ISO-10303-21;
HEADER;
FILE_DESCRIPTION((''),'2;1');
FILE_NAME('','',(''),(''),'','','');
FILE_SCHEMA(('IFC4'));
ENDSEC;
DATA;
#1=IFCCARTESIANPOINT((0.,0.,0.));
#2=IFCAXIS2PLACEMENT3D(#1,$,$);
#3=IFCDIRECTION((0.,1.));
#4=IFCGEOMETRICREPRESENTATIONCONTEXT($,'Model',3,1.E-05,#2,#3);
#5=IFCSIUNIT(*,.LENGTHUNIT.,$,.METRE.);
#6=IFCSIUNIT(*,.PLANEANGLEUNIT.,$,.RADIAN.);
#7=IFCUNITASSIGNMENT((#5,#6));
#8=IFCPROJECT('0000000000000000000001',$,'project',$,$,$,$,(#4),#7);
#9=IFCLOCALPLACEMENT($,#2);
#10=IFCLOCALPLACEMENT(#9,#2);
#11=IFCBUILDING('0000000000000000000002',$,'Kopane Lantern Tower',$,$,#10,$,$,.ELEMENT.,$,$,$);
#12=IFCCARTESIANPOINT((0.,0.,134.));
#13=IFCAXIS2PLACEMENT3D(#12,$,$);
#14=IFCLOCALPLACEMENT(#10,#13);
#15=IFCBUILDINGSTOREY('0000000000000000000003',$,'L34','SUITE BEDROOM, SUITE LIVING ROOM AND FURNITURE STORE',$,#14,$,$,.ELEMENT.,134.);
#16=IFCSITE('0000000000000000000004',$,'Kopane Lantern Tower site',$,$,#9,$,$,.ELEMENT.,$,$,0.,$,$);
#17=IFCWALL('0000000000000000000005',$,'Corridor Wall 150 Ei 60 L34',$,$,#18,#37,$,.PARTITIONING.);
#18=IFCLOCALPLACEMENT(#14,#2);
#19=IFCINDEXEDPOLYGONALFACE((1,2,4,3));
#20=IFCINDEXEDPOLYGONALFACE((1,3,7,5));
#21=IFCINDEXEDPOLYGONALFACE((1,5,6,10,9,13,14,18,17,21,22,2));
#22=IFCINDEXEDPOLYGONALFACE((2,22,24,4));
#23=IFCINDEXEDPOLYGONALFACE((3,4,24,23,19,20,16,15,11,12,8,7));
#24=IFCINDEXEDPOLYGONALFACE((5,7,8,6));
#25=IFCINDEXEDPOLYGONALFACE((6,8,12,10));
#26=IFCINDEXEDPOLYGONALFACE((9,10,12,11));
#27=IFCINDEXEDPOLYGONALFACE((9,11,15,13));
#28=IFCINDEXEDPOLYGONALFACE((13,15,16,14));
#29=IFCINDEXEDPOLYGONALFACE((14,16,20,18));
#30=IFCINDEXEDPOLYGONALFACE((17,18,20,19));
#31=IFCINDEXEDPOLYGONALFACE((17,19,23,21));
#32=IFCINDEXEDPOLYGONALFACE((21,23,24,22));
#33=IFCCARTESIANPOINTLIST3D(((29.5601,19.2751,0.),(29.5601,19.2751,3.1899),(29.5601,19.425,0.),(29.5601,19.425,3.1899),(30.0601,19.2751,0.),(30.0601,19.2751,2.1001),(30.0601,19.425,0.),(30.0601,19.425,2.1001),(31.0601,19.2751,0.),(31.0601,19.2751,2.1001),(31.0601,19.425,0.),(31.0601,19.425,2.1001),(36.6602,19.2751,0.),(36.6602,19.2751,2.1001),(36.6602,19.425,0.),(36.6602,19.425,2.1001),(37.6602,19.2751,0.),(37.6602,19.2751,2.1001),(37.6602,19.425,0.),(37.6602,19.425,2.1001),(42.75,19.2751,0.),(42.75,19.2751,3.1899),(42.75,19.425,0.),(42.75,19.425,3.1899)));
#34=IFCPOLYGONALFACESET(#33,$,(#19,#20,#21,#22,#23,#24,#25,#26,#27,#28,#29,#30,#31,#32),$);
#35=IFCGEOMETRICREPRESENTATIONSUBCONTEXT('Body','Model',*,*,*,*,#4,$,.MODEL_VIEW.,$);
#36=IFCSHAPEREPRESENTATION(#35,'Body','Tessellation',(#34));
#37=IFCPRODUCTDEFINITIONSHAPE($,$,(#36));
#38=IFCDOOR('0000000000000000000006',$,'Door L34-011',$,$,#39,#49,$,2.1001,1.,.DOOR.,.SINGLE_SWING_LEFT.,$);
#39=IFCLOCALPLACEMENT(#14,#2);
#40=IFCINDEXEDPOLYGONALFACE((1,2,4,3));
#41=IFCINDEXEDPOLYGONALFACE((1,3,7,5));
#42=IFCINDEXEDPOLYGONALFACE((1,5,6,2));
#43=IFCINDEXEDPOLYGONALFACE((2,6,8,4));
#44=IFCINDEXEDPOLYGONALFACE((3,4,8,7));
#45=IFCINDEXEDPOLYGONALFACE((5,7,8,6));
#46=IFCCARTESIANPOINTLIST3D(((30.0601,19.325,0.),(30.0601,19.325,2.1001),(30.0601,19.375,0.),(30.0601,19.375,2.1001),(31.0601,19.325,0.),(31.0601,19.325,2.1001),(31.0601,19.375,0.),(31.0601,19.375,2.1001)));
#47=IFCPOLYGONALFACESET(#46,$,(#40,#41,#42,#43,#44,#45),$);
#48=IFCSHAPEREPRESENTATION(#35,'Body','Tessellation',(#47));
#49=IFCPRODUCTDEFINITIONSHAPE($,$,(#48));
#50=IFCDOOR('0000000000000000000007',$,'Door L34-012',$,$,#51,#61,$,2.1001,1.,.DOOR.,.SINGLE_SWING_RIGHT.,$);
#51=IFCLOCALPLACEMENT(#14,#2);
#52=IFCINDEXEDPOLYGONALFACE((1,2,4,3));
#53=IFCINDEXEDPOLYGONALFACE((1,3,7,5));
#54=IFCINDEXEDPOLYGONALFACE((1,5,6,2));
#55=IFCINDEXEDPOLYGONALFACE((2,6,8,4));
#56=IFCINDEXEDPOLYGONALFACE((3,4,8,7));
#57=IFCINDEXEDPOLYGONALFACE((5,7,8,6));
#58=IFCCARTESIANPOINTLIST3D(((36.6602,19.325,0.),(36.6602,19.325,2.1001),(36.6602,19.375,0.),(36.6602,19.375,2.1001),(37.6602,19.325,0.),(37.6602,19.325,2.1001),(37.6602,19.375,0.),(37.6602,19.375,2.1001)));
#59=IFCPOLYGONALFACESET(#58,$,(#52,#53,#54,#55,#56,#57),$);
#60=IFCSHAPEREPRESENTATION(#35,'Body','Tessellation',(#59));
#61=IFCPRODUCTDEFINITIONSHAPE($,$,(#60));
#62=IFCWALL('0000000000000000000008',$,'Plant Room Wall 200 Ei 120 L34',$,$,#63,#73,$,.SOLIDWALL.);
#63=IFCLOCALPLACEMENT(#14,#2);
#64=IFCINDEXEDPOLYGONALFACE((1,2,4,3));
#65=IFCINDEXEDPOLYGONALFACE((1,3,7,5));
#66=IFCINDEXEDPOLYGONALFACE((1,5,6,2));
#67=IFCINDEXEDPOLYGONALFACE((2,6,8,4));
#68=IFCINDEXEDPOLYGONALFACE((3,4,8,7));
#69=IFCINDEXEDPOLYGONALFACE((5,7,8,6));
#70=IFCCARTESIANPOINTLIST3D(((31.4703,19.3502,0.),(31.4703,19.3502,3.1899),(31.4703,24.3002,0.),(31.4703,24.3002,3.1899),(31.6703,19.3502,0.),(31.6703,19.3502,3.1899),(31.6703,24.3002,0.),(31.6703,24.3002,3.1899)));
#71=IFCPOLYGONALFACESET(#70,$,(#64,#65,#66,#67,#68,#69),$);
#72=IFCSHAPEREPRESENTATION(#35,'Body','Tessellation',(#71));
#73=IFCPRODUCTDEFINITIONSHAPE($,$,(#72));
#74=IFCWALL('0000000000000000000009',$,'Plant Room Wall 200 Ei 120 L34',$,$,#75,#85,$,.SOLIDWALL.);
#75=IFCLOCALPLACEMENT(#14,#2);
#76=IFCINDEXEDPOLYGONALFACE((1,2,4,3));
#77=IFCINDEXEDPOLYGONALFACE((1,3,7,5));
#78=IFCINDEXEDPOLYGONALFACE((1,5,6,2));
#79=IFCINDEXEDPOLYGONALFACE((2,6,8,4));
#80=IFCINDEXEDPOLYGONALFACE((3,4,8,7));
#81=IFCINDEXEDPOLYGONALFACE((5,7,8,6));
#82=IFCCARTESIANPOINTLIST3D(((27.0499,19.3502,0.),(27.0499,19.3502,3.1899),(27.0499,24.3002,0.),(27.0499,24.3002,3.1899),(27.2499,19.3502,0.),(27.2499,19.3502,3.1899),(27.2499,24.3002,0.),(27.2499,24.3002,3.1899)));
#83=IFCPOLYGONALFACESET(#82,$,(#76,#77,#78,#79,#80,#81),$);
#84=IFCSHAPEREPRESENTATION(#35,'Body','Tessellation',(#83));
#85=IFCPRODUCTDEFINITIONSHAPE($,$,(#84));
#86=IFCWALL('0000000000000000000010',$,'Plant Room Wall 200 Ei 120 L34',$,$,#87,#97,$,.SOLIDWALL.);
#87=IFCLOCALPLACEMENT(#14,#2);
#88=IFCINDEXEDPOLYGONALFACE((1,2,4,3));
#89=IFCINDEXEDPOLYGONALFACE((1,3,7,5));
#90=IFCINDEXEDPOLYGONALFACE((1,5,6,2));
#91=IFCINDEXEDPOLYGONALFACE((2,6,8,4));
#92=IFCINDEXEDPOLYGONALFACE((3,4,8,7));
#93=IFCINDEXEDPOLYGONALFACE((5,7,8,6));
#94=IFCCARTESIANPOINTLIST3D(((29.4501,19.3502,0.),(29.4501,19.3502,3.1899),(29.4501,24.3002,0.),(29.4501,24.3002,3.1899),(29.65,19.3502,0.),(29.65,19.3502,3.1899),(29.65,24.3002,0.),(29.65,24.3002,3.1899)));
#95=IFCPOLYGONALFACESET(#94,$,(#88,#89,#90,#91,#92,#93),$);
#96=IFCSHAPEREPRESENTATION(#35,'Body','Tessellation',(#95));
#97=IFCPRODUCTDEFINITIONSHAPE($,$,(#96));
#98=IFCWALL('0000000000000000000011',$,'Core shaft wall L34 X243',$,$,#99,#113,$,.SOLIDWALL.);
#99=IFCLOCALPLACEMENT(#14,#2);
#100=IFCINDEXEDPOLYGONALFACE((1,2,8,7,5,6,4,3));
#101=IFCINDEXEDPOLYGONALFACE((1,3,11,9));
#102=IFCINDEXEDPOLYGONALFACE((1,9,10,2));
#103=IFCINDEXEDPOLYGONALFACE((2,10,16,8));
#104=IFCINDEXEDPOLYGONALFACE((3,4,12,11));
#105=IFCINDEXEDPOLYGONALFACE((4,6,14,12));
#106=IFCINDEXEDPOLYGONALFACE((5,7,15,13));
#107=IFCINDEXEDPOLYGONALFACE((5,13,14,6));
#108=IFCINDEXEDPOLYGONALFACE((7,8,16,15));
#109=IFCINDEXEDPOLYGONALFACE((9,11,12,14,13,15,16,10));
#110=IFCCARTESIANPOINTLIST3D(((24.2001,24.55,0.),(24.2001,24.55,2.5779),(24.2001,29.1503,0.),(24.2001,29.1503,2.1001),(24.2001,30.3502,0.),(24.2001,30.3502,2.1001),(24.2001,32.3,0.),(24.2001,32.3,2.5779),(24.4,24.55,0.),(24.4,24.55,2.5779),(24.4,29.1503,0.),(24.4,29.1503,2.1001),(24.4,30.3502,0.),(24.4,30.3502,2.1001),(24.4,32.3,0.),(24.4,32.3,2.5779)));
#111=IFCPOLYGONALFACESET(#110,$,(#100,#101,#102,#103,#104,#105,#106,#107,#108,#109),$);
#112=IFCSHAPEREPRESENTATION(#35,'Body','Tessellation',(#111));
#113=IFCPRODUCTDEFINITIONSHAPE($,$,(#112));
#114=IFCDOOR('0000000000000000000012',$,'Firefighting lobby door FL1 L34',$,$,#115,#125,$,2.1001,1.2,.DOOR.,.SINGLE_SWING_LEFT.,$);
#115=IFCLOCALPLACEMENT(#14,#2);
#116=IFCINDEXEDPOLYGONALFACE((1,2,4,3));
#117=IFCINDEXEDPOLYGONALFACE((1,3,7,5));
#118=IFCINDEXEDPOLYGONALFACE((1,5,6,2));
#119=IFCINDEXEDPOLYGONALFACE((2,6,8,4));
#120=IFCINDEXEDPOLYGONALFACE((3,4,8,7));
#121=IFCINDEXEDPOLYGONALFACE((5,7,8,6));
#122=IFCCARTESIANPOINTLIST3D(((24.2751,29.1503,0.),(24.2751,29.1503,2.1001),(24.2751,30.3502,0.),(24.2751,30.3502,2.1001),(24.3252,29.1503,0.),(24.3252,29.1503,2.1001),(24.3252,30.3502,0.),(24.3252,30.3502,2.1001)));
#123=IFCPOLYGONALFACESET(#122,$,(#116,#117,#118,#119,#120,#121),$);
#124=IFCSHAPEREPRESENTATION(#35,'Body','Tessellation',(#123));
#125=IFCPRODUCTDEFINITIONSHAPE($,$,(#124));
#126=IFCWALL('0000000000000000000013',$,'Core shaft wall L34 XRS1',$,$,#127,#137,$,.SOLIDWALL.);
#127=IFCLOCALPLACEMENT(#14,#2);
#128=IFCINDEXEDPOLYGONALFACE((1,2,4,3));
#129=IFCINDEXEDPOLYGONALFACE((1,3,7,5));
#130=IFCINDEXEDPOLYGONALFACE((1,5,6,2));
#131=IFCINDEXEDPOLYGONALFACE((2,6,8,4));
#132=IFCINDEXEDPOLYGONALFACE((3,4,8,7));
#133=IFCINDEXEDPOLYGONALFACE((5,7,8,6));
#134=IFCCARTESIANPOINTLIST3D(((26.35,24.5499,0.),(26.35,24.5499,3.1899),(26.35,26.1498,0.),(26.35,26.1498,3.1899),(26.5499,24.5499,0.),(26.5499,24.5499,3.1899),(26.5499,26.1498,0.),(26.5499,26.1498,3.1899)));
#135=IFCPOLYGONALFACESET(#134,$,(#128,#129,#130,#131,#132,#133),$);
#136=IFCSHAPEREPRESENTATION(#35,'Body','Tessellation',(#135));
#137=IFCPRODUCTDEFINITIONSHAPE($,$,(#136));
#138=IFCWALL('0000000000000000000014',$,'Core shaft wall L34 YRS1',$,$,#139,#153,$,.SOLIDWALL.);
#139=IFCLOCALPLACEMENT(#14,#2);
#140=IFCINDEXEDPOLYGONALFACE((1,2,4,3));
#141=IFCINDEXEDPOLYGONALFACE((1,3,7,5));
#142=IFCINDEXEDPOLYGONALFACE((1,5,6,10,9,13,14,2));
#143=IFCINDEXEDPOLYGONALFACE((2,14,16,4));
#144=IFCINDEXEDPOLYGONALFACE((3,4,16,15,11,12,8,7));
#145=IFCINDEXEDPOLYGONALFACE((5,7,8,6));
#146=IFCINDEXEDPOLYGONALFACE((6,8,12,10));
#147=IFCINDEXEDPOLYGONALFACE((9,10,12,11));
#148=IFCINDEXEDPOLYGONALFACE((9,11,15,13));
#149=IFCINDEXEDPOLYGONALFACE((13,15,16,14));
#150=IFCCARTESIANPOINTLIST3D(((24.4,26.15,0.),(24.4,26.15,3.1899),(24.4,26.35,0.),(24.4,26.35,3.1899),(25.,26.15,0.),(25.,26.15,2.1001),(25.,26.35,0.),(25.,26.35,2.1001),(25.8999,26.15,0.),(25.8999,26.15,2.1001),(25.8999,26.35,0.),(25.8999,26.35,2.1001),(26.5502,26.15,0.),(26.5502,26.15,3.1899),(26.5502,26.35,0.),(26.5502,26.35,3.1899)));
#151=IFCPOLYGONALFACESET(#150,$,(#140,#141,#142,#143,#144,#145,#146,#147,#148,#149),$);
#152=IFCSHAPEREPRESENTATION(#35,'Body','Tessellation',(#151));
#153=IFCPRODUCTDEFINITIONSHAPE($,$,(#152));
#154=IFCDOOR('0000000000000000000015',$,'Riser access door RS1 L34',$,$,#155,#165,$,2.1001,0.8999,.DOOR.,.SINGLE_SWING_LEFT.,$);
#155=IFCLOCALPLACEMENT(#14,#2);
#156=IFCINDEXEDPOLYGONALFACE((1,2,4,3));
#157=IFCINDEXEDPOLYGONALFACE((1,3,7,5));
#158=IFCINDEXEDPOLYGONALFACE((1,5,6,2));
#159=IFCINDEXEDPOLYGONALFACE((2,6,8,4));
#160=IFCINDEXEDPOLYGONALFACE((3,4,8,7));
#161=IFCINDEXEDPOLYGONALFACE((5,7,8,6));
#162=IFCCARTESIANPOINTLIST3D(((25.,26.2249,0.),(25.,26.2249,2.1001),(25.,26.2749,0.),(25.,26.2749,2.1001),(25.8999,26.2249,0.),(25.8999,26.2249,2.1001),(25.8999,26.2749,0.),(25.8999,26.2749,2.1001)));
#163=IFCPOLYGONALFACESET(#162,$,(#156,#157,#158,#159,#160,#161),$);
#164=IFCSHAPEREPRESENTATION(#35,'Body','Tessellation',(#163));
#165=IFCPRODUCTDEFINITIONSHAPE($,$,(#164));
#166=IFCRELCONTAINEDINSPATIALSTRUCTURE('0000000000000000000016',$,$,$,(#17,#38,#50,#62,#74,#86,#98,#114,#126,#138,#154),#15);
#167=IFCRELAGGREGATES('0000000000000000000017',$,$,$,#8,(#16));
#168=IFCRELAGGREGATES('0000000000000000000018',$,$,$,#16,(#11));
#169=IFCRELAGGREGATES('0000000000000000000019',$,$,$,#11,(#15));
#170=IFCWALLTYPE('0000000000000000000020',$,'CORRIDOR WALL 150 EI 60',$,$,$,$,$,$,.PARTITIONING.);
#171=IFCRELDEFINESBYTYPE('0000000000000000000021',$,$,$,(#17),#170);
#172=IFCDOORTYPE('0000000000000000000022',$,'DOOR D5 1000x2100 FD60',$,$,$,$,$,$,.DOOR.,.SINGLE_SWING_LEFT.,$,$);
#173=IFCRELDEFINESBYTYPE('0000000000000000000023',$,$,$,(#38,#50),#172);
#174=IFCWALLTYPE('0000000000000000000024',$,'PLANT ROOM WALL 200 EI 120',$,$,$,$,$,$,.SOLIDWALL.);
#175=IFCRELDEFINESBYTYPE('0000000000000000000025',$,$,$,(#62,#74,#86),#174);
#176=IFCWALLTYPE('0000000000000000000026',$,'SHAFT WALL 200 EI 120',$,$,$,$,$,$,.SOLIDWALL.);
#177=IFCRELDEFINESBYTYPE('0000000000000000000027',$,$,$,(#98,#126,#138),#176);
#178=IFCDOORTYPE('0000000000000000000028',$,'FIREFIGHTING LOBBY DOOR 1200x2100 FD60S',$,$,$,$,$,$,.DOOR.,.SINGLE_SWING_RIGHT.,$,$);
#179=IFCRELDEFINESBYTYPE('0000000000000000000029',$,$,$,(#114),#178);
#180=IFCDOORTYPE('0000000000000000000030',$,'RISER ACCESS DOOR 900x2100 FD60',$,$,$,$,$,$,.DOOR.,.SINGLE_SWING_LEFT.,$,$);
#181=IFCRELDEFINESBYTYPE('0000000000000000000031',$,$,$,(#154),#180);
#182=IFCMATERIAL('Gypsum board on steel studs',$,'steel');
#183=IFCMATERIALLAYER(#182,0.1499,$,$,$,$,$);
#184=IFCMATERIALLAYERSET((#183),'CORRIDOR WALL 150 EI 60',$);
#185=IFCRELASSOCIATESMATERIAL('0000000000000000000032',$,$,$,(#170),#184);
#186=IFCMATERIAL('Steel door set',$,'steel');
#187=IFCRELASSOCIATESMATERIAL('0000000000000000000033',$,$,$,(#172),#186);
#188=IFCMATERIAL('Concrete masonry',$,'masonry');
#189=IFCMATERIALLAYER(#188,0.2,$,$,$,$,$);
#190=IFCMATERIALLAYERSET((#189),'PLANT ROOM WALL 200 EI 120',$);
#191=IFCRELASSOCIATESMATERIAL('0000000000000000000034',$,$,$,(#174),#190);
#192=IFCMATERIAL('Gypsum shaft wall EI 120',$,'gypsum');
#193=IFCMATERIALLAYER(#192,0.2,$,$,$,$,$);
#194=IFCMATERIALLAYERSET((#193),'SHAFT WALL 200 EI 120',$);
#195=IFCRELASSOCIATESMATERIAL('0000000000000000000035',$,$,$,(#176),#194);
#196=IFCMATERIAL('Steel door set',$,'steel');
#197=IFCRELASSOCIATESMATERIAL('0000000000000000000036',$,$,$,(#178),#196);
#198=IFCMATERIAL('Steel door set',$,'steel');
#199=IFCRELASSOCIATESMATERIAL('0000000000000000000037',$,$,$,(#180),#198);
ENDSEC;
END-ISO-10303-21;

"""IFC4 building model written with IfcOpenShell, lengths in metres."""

from ifc_helpers import new_model, si_unit, direction, frame, frame_2d, origin, place, context, subcontext, project, spatial, rectangle, extrude, material, layer, layer_set, type_object, element, fill, save


model = new_model("IFC4")

# Units and contexts
model_context = context("Model", 3, precision=1e-05, world=origin(), true_north=direction((0.0, 1.0)))
body_context = subcontext(model_context, "Body", "Model", "MODEL_VIEW")
ifc_project = project(units=[si_unit("LENGTHUNIT", "METRE"), si_unit("PLANEANGLEUNIT", "RADIAN")], contexts=[model_context])

# Site, building, storey
site_placement = place(None, origin())
site = spatial("IfcSite", under=ifc_project, at=site_placement, Name="Kopane Lantern Tower site", CompositionType="ELEMENT", RefElevation=0.0)
building_placement = place(site_placement, origin())
building = spatial("IfcBuilding", under=site, at=building_placement, Name="Kopane Lantern Tower", CompositionType="ELEMENT")
storey_placement = place(building_placement, frame((0.0, 0.0, 134.0)))
storey = spatial("IfcBuildingStorey", under=building, at=storey_placement, Name="L34", Description="SUITE BEDROOM, SUITE LIVING ROOM AND FURNITURE STORE", CompositionType="ELEMENT", Elevation=134.0)

# Wall, openings, doors
ifc_material_1 = material(Name="Gypsum board on steel studs", Category="steel")
ifc_layer_1 = layer(ifc_material_1, 0.1499)
ifc_layer_set_1 = layer_set([ifc_layer_1], Name="CORRIDOR WALL 150 EI 60")
wall_type_1 = type_object("IfcWallType", Name="CORRIDOR WALL 150 EI 60", PredefinedType="PARTITIONING", material=ifc_layer_set_1)
wall_1_placement = place(storey_placement, frame((29.5601, 19.3501, 0.0), z_axis=(0.0, 0.0, 1.0), x_axis=(1.0, 0.0, 0.0)))
wall_1 = element("IfcWall", 1, at=wall_1_placement, inside=storey, type_object=wall_type_1, Name="Corridor Wall 150 Ei 60 L34", PredefinedType="PARTITIONING", context=body_context, shape_type="SweptSolid", body=[
    extrude(rectangle(XDim=13.1899, YDim=0.1499, at=frame_2d((6.595, 0.0))), origin(), (0.0, 0.0, 1.0), 3.1899),
])
opening_1_placement = place(wall_1_placement, frame((0.5, 0.0, 0.0)))
opening_1 = element("IfcOpeningElement", 2, at=opening_1_placement, cuts=wall_1, PredefinedType="OPENING", context=body_context, shape_type="SweptSolid", body=[
    extrude(rectangle(XDim=1.0, YDim=2.1001, at=frame_2d((0.5, 1.05))), frame((0.0, 0.085, 0.0), z_axis=(0.0, -1.0, 0.0), x_axis=(1.0, 0.0, 0.0)), (0.0, 0.0, 1.0), 0.1699),
])
opening_2_placement = place(wall_1_placement, frame((7.1001, 0.0, 0.0)))
opening_2 = element("IfcOpeningElement", 3, at=opening_2_placement, cuts=wall_1, PredefinedType="OPENING", context=body_context, shape_type="SweptSolid", body=[
    extrude(rectangle(XDim=1.0, YDim=2.1001, at=frame_2d((0.5, 1.05))), frame((0.0, 0.085, 0.0), z_axis=(0.0, -1.0, 0.0), x_axis=(1.0, 0.0, 0.0)), (0.0, 0.0, 1.0), 0.1699),
])
ifc_material_2 = material(Name="Steel door set", Category="steel")
door_type_1 = type_object("IfcDoorType", Name="DOOR D5 1000x2100 FD60", OperationType="SINGLE_SWING_LEFT", PredefinedType="DOOR", material=ifc_material_2)
door_1_placement = place(opening_1_placement, origin())
door_1 = element("IfcDoor", 4, at=door_1_placement, inside=storey, type_object=door_type_1, Name="Door L34-011", OperationType="SINGLE_SWING_LEFT", OverallHeight=2.1001, OverallWidth=1.0, PredefinedType="DOOR", context=body_context, shape_type="SweptSolid", body=[
    extrude(rectangle(XDim=1.0, YDim=2.1001, at=frame_2d((0.5, 1.05))), frame((0.0, 0.0249, 0.0), z_axis=(0.0, -1.0, 0.0), x_axis=(1.0, 0.0, 0.0)), (0.0, 0.0, 1.0), 0.05),
])
fill(opening_1, door_1)
door_2_placement = place(opening_2_placement, origin())
door_2 = element("IfcDoor", 5, at=door_2_placement, inside=storey, type_object=door_type_1, Name="Door L34-012", OperationType="SINGLE_SWING_RIGHT", OverallHeight=2.1001, OverallWidth=1.0, PredefinedType="DOOR", context=body_context, shape_type="SweptSolid", body=[
    extrude(rectangle(XDim=1.0, YDim=2.1001, at=frame_2d((0.5, 1.05))), frame((0.0, 0.0249, 0.0), z_axis=(0.0, -1.0, 0.0), x_axis=(1.0, 0.0, 0.0)), (0.0, 0.0, 1.0), 0.05),
])
fill(opening_2, door_2)

# Walls
ifc_material_3 = material(Name="Concrete masonry", Category="masonry")
ifc_layer_2 = layer(ifc_material_3, 0.2)
ifc_layer_set_2 = layer_set([ifc_layer_2], Name="PLANT ROOM WALL 200 EI 120")
wall_type_2 = type_object("IfcWallType", Name="PLANT ROOM WALL 200 EI 120", PredefinedType="SOLIDWALL", material=ifc_layer_set_2)
for number, where, z_axis, x_axis, name in (
    (6, (31.5703, 19.3501, 0.0), (0.0, 0.0, 1.0), (0.0, 1.0, 0.0), "Plant Room Wall 200 Ei 120 L34"),
    (7, (27.1499, 19.3501, 0.0), (0.0, 0.0, 1.0), (0.0, 1.0, 0.0), "Plant Room Wall 200 Ei 120 L34"),
    (8, (29.55, 19.3501, 0.0), (0.0, 0.0, 1.0), (0.0, 1.0, 0.0), "Plant Room Wall 200 Ei 120 L34"),
):
    element("IfcWall", number, at=place(storey_placement, frame(where, z_axis=z_axis, x_axis=x_axis)), inside=storey, type_object=wall_type_2, Name=name, PredefinedType="SOLIDWALL", context=body_context, shape_type="SweptSolid", body=[
        extrude(rectangle(XDim=4.95, YDim=0.2, at=frame_2d((2.4751, 0.0))), origin(), (0.0, 0.0, 1.0), 3.1899),
    ])

# Wall, opening, door
ifc_material_4 = material(Name="Gypsum shaft wall EI 120", Category="gypsum")
ifc_layer_3 = layer(ifc_material_4, 0.2)
ifc_layer_set_3 = layer_set([ifc_layer_3], Name="SHAFT WALL 200 EI 120")
wall_type_3 = type_object("IfcWallType", Name="SHAFT WALL 200 EI 120", PredefinedType="SOLIDWALL", material=ifc_layer_set_3)
wall_2_placement = place(storey_placement, frame((24.3, 24.55, 0.0), z_axis=(0.0, 0.0, 1.0), x_axis=(0.0, 1.0, 0.0)))
wall_2 = element("IfcWall", 9, at=wall_2_placement, inside=storey, type_object=wall_type_3, Name="Core shaft wall L34 X243", PredefinedType="SOLIDWALL", context=body_context, shape_type="SweptSolid", body=[
    extrude(rectangle(XDim=7.75, YDim=0.2, at=frame_2d((3.875, 0.0))), origin(), (0.0, 0.0, 1.0), 2.5779),
])
opening_3_placement = place(wall_2_placement, frame((4.6001, 0.0, 0.0)))
opening_3 = element("IfcOpeningElement", 10, at=opening_3_placement, cuts=wall_2, PredefinedType="OPENING", context=body_context, shape_type="SweptSolid", body=[
    extrude(rectangle(XDim=1.2, YDim=2.1001, at=frame_2d((0.6001, 1.05))), frame((0.0, 0.1099, 0.0), z_axis=(0.0, -1.0, 0.0), x_axis=(1.0, 0.0, 0.0)), (0.0, 0.0, 1.0), 0.22),
])
ifc_material_5 = material(Name="Steel door set", Category="steel")
door_type_2 = type_object("IfcDoorType", Name="FIREFIGHTING LOBBY DOOR 1200x2100 FD60S", OperationType="SINGLE_SWING_RIGHT", PredefinedType="DOOR", material=ifc_material_5)
door_3_placement = place(opening_3_placement, origin())
door_3 = element("IfcDoor", 11, at=door_3_placement, inside=storey, type_object=door_type_2, Name="Firefighting lobby door FL1 L34", OperationType="SINGLE_SWING_LEFT", OverallHeight=2.1001, OverallWidth=1.2, PredefinedType="DOOR", context=body_context, shape_type="SweptSolid", body=[
    extrude(rectangle(XDim=1.2, YDim=2.1001, at=frame_2d((0.6001, 1.05))), frame((0.0, 0.0249, 0.0), z_axis=(0.0, -1.0, 0.0), x_axis=(1.0, 0.0, 0.0)), (0.0, 0.0, 1.0), 0.05),
])
fill(opening_3, door_3)

# Wall
wall_3_placement = place(storey_placement, frame((26.45, 24.55, 0.0), z_axis=(0.0, 0.0, 1.0), x_axis=(0.0, 1.0, 0.0)))
element("IfcWall", 12, at=wall_3_placement, inside=storey, type_object=wall_type_3, Name="Core shaft wall L34 XRS1", PredefinedType="SOLIDWALL", context=body_context, shape_type="SweptSolid", body=[
    extrude(rectangle(XDim=1.5999, YDim=0.2, at=frame_2d((0.7998, 0.0))), origin(), (0.0, 0.0, 1.0), 3.1899),
])

# Wall, opening, door
wall_4_placement = place(storey_placement, frame((24.3999, 26.25, 0.0), z_axis=(0.0, 0.0, 1.0), x_axis=(1.0, 0.0, 0.0)))
wall_4 = element("IfcWall", 13, at=wall_4_placement, inside=storey, type_object=wall_type_3, Name="Core shaft wall L34 YRS1", PredefinedType="SOLIDWALL", context=body_context, shape_type="SweptSolid", body=[
    extrude(rectangle(XDim=2.1501, YDim=0.2, at=frame_2d((1.0752, 0.0))), origin(), (0.0, 0.0, 1.0), 3.1899),
])
opening_4_placement = place(wall_4_placement, frame((0.6001, 0.0, 0.0)))
opening_4 = element("IfcOpeningElement", 14, at=opening_4_placement, cuts=wall_4, PredefinedType="OPENING", context=body_context, shape_type="SweptSolid", body=[
    extrude(rectangle(XDim=0.8999, YDim=2.1001, at=frame_2d((0.45, 1.05))), frame((0.0, 0.1099, 0.0), z_axis=(0.0, -1.0, 0.0), x_axis=(1.0, 0.0, 0.0)), (0.0, 0.0, 1.0), 0.22),
])
ifc_material_6 = material(Name="Steel door set", Category="steel")
door_type_3 = type_object("IfcDoorType", Name="RISER ACCESS DOOR 900x2100 FD60", OperationType="SINGLE_SWING_LEFT", PredefinedType="DOOR", material=ifc_material_6)
door_4_placement = place(opening_4_placement, origin())
door_4 = element("IfcDoor", 15, at=door_4_placement, inside=storey, type_object=door_type_3, Name="Riser access door RS1 L34", OperationType="SINGLE_SWING_LEFT", OverallHeight=2.1001, OverallWidth=0.8999, PredefinedType="DOOR", context=body_context, shape_type="SweptSolid", body=[
    extrude(rectangle(XDim=0.8999, YDim=2.1001, at=frame_2d((0.45, 1.05))), frame((0.0, 0.0249, 0.0), z_axis=(0.0, -1.0, 0.0), x_axis=(1.0, 0.0, 0.0)), (0.0, 0.0, 1.0), 0.05),
])
fill(opening_4, door_4)

save(model, "model.ifc")
